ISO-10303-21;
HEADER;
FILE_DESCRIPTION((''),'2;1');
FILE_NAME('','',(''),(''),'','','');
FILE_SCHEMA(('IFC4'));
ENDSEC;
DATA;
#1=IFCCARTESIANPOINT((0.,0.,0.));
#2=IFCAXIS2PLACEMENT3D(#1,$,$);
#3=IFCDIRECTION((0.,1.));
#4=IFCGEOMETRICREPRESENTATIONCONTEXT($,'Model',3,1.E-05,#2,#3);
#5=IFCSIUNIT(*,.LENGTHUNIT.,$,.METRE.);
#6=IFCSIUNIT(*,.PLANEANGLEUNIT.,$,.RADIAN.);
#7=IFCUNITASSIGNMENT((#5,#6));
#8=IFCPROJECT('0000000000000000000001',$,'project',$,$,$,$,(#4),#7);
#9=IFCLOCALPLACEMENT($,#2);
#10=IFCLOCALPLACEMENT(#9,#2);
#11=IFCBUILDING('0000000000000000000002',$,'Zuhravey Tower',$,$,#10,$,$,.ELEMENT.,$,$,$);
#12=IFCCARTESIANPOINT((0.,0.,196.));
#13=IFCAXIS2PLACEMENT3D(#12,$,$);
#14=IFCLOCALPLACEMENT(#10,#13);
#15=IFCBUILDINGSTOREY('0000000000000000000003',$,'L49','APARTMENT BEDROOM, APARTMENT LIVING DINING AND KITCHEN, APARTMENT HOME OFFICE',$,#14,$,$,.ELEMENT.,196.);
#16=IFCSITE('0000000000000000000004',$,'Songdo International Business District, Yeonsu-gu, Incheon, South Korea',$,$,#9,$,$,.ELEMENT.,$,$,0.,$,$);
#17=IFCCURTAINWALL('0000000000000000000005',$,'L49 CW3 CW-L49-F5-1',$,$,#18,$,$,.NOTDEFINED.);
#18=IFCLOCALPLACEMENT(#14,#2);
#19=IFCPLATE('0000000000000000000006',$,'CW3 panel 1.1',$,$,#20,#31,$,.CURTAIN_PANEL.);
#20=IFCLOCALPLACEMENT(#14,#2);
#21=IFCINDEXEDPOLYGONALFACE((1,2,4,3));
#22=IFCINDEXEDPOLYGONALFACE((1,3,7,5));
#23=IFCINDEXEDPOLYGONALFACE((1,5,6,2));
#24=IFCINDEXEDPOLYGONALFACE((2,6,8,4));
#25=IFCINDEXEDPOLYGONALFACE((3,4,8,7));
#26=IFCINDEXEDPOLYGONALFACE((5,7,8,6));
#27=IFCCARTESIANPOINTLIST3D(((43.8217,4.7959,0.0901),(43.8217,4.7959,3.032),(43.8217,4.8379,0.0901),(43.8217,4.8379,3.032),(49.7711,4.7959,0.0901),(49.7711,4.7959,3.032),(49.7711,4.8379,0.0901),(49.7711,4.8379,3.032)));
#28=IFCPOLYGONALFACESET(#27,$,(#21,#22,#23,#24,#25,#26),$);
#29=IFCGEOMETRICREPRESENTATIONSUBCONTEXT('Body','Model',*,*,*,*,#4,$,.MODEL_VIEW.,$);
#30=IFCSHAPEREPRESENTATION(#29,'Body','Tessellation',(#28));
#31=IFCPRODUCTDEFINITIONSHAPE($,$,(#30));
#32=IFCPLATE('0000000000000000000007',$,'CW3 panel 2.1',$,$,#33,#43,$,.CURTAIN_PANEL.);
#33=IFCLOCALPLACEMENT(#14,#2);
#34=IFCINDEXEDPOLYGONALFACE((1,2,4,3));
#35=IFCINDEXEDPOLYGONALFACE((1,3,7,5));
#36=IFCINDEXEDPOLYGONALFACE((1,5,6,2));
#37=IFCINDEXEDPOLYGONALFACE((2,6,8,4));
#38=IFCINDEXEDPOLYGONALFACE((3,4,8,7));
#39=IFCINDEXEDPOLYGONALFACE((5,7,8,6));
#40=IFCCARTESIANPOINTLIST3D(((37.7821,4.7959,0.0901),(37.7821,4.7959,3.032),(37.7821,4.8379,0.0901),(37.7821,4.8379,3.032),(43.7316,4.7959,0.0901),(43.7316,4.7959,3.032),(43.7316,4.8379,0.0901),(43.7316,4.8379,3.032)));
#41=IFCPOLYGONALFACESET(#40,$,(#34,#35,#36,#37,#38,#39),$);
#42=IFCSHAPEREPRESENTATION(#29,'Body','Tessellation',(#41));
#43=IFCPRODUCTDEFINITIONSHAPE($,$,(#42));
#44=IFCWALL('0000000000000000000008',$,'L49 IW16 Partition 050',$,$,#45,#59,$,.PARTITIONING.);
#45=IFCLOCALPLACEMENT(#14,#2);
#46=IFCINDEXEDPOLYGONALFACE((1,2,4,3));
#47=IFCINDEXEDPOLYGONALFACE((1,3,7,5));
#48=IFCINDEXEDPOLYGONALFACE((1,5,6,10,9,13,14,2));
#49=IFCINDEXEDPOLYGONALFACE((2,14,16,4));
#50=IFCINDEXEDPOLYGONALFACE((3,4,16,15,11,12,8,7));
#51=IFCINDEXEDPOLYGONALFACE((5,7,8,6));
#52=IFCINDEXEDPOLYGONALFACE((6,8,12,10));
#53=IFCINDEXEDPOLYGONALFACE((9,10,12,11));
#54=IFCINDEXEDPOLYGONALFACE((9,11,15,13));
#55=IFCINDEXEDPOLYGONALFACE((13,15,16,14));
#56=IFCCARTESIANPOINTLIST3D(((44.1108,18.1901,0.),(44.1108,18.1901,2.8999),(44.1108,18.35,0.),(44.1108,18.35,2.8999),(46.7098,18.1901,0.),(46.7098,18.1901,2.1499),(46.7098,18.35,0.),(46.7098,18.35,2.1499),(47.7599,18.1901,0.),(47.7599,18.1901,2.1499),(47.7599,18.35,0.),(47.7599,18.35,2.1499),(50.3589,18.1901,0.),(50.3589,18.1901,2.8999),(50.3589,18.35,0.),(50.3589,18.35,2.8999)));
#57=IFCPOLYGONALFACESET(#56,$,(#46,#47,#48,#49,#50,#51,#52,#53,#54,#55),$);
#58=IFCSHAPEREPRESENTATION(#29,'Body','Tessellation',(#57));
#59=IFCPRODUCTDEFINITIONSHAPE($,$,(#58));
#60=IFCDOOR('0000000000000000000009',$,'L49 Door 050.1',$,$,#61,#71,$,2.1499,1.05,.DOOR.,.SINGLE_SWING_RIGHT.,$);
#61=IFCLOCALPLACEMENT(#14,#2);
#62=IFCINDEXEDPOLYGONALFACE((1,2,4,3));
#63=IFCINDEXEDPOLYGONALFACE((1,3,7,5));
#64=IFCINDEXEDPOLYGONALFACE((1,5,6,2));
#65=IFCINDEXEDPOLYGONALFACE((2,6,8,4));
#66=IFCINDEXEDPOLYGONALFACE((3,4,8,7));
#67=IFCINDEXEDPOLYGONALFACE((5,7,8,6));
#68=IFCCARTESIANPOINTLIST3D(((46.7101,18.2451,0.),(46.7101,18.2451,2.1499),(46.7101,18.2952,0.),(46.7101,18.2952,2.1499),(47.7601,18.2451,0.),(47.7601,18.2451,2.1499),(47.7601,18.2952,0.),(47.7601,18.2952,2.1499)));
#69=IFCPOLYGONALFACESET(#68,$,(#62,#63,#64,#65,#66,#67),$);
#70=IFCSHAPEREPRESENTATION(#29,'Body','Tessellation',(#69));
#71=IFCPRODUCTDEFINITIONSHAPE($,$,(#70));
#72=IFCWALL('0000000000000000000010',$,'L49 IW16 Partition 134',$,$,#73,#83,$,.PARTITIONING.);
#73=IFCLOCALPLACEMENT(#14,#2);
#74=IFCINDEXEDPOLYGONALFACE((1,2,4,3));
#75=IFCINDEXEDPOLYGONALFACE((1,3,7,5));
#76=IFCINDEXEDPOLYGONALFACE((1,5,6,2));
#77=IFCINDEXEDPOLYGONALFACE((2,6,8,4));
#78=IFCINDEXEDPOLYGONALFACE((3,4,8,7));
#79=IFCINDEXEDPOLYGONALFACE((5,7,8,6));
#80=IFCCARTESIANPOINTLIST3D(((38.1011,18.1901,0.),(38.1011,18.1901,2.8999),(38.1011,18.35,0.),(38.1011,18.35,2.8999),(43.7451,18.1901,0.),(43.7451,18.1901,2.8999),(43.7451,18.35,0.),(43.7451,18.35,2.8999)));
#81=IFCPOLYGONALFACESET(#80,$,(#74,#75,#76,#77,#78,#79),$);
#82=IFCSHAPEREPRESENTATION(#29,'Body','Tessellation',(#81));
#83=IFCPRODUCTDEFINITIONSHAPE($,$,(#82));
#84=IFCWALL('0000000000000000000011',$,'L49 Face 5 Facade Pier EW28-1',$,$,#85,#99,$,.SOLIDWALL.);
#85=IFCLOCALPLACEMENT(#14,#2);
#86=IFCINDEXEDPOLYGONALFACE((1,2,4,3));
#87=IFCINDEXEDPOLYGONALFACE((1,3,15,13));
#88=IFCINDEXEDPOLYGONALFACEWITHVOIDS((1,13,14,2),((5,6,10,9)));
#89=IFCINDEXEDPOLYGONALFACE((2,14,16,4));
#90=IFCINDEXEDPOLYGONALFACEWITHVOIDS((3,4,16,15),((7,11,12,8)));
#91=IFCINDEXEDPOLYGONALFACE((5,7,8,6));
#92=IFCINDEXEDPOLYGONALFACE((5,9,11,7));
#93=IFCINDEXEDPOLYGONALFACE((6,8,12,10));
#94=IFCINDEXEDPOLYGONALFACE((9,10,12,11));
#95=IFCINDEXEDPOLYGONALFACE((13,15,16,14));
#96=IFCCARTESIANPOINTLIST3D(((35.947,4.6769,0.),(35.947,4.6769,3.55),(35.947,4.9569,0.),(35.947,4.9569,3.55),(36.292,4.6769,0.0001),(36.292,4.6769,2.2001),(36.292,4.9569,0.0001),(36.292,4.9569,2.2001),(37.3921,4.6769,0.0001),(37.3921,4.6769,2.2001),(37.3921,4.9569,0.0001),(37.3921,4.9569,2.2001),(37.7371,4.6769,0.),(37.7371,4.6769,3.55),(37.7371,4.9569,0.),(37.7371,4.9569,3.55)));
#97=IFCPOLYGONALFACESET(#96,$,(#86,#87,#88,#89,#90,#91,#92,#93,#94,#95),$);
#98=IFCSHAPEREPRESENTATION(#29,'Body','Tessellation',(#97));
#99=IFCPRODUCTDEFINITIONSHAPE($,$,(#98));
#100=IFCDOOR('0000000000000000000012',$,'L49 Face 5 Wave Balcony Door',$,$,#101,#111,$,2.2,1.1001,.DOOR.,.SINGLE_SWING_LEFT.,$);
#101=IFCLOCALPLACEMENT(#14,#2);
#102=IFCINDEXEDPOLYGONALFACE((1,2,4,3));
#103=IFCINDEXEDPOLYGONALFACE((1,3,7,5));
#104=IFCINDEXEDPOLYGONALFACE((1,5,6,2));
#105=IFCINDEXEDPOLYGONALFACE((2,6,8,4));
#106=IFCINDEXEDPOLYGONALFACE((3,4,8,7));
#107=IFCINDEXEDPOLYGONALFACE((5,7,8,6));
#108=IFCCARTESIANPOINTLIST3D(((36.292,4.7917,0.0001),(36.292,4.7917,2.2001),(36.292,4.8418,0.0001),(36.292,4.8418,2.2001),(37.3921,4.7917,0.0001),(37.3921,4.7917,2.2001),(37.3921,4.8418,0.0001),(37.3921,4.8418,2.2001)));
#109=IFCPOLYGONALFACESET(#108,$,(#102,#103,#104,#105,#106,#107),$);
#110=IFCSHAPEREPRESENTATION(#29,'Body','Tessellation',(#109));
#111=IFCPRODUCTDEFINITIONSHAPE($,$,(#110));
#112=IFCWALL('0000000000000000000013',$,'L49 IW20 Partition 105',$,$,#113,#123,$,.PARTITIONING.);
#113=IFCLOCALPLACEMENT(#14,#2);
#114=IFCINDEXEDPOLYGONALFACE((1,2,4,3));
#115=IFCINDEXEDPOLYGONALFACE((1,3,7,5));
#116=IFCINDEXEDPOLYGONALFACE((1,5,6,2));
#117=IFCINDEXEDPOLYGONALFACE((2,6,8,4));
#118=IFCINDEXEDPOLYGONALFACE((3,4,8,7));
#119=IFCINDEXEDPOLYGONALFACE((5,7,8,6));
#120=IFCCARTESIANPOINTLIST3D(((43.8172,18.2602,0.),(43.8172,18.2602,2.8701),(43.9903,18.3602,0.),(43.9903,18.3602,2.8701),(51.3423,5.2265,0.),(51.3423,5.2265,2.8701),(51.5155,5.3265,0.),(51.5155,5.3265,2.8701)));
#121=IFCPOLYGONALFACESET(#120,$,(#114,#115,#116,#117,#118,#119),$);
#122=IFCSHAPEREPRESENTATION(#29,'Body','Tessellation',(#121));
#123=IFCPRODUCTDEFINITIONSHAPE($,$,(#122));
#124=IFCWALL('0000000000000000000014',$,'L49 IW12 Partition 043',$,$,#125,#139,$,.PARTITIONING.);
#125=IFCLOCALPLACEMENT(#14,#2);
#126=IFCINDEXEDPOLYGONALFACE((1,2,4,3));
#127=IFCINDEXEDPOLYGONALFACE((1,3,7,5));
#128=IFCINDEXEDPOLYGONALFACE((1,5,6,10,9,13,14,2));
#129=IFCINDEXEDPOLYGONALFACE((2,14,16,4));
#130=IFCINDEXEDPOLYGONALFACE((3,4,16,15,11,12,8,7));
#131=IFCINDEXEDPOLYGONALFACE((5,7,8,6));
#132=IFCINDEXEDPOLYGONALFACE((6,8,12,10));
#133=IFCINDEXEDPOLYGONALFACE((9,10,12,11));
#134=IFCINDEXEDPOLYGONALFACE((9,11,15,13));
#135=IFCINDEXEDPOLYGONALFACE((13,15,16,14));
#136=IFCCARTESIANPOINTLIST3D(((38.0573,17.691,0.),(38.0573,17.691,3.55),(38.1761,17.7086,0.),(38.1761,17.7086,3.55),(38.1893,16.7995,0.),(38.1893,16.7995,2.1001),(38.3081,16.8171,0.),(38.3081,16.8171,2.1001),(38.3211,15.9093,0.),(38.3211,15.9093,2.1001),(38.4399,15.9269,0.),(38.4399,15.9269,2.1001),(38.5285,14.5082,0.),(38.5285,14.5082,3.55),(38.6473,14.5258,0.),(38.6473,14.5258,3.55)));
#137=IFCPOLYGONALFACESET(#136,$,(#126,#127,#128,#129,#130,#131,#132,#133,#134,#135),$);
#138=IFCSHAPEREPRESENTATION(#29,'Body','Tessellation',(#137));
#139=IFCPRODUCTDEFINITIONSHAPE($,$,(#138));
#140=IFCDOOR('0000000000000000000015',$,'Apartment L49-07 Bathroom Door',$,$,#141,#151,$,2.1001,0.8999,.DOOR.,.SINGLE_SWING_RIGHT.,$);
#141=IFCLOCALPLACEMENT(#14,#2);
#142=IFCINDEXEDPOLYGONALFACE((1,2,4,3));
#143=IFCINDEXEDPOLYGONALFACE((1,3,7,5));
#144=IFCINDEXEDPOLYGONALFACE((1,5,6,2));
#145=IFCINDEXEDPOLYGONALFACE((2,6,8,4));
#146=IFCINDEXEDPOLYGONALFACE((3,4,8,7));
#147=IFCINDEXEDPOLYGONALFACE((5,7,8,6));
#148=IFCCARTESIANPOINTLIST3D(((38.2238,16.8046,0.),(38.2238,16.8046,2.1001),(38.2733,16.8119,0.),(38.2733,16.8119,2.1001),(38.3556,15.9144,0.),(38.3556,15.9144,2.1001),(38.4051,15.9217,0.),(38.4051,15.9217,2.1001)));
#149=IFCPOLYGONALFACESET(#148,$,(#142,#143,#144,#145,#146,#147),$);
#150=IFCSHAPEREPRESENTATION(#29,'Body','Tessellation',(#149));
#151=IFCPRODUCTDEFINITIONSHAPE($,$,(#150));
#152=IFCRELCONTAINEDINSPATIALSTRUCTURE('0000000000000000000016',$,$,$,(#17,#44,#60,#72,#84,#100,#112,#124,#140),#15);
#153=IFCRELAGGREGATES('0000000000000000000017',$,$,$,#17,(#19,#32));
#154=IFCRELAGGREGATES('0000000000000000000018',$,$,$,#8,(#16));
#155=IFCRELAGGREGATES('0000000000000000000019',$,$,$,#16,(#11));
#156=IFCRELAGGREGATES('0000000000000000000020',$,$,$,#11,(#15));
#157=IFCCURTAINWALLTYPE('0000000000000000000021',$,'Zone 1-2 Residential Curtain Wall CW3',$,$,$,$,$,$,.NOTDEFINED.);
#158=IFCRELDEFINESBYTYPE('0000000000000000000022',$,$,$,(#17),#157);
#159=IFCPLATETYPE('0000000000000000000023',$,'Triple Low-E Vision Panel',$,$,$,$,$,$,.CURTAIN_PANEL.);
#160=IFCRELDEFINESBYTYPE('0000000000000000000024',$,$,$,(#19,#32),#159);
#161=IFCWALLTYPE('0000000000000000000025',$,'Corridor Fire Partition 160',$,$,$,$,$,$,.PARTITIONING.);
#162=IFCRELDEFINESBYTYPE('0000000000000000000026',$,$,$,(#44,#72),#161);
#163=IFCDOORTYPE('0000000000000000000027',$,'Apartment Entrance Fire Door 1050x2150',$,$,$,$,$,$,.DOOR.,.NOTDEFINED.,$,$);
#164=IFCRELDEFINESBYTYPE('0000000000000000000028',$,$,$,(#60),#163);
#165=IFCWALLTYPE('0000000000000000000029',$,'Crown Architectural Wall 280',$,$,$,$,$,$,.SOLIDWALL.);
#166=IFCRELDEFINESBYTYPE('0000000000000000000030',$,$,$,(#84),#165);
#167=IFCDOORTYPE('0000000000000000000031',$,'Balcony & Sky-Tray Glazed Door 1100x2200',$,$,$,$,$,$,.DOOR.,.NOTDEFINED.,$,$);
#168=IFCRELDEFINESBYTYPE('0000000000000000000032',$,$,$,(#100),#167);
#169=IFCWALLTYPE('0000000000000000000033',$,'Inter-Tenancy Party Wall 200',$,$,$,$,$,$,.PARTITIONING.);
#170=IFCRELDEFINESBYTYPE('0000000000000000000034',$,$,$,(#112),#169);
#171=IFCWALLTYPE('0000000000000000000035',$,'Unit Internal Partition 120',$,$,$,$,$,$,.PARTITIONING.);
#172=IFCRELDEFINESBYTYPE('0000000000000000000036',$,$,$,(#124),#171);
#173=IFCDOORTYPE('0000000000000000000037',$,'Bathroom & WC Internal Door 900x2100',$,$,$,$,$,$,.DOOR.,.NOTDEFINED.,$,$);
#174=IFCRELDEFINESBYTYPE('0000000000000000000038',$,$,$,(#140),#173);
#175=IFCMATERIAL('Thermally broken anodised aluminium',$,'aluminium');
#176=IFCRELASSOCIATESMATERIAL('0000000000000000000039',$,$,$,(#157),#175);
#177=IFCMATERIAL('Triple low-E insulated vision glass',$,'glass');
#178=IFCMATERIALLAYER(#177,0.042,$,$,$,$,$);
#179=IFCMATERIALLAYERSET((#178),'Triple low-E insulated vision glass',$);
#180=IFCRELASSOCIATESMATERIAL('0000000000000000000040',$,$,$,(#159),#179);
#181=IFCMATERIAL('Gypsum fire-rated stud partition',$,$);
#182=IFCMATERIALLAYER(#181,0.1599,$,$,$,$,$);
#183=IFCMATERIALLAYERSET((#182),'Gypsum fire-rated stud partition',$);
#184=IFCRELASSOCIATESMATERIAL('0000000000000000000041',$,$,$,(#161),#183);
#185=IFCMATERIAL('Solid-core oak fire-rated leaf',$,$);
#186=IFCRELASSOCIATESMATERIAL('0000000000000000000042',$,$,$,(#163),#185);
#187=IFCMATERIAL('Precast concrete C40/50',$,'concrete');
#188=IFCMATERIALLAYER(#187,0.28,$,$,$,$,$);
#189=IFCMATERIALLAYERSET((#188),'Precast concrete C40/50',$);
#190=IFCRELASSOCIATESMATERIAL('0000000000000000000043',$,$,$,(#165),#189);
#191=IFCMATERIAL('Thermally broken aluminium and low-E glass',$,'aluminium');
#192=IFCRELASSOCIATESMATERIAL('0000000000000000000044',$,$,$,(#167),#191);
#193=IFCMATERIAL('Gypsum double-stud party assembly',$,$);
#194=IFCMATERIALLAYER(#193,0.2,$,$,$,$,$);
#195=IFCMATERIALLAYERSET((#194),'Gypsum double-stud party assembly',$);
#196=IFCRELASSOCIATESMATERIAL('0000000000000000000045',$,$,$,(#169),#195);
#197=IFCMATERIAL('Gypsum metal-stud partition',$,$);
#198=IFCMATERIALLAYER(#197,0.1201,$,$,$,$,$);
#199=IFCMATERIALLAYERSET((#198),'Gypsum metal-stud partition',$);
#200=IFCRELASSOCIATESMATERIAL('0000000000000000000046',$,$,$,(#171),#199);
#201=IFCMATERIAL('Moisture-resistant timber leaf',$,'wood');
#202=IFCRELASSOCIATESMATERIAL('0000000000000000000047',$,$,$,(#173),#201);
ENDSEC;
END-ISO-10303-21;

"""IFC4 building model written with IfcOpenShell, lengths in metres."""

from ifc_helpers import new_model, si_unit, direction, frame, frame_2d, origin, origin_2d, place, context, subcontext, project, spatial, rectangle, extrude, material, layer, layer_set, type_object, element, fill, aggregate, save


model = new_model("IFC4")

# Units and contexts
model_context = context("Model", 3, precision=1e-05, world=origin(), true_north=direction((0.0, 1.0)))
body_context = subcontext(model_context, "Body", "Model", "MODEL_VIEW")
ifc_project = project(units=[si_unit("LENGTHUNIT", "METRE"), si_unit("PLANEANGLEUNIT", "RADIAN")], contexts=[model_context])

# Site, building, storey
site_placement = place(None, origin())
site = spatial("IfcSite", under=ifc_project, at=site_placement, Name="Songdo International Business District, Yeonsu-gu, Incheon, South Korea", CompositionType="ELEMENT", RefElevation=0.0)
building_placement = place(site_placement, origin())
building = spatial("IfcBuilding", under=site, at=building_placement, Name="Zuhravey Tower", CompositionType="ELEMENT")
storey_placement = place(building_placement, frame((0.0, 0.0, 196.0)))
storey = spatial("IfcBuildingStorey", under=building, at=storey_placement, Name="L49", Description="APARTMENT BEDROOM, APARTMENT LIVING DINING AND KITCHEN, APARTMENT HOME OFFICE", CompositionType="ELEMENT", Elevation=196.0)

# Curtain wall
ifc_material_1 = material(Name="Thermally broken anodised aluminium", Category="aluminium")
curtain_wall_type = type_object("IfcCurtainWallType", Name="Zone 1-2 Residential Curtain Wall CW3", PredefinedType="NOTDEFINED", material=ifc_material_1)
curtain_wall_1_placement = place(storey_placement, origin())
curtain_wall_1 = element("IfcCurtainWall", 1, at=curtain_wall_1_placement, inside=storey, type_object=curtain_wall_type, Name="L49 CW3 CW-L49-F5-1", PredefinedType="NOTDEFINED")

# Plates
ifc_material_2 = material(Name="Triple low-E insulated vision glass", Category="glass")
ifc_layer_1 = layer(ifc_material_2, 0.042)
ifc_layer_set_1 = layer_set([ifc_layer_1], Name="Triple low-E insulated vision glass")
plate_type = type_object("IfcPlateType", Name="Triple Low-E Vision Panel", PredefinedType="CURTAIN_PANEL", material=ifc_layer_set_1)
plate_1_placement = place(storey_placement, frame((46.7964, 4.8169, 0.0901), z_axis=(0.0, 0.0, 1.0), x_axis=(-1.0, 0.0, 0.0)))
plate_1 = element("IfcPlate", 2, at=plate_1_placement, type_object=plate_type, Name="CW3 panel 1.1", PredefinedType="CURTAIN_PANEL", context=body_context, shape_type="SweptSolid", body=[
    extrude(rectangle(XDim=5.9495, YDim=0.042, at=origin_2d()), origin(), (0.0, 0.0, 1.0), 2.9419),
])
plate_2_placement = place(storey_placement, frame((40.7568, 4.8169, 0.0901), z_axis=(0.0, 0.0, 1.0), x_axis=(-1.0, 0.0, 0.0)))
plate_2 = element("IfcPlate", 3, at=plate_2_placement, type_object=plate_type, Name="CW3 panel 2.1", PredefinedType="CURTAIN_PANEL", context=body_context, shape_type="SweptSolid", body=[
    extrude(rectangle(XDim=5.9495, YDim=0.042, at=origin_2d()), origin(), (0.0, 0.0, 1.0), 2.9419),
])
aggregate(curtain_wall_1, [plate_1, plate_2])

# Wall, opening, door
ifc_material_3 = material(Name="Gypsum fire-rated stud partition")
ifc_layer_2 = layer(ifc_material_3, 0.1599)
ifc_layer_set_2 = layer_set([ifc_layer_2], Name="Gypsum fire-rated stud partition")
wall_type_1 = type_object("IfcWallType", Name="Corridor Fire Partition 160", PredefinedType="PARTITIONING", material=ifc_layer_set_2)
wall_1_placement = place(storey_placement, frame((44.1108, 18.27, 0.0), z_axis=(0.0, 0.0, 1.0), x_axis=(1.0, 0.0, 0.0)))
wall_1 = element("IfcWall", 4, at=wall_1_placement, inside=storey, type_object=wall_type_1, Name="L49 IW16 Partition 050", PredefinedType="PARTITIONING", context=body_context, shape_type="SweptSolid", body=[
    extrude(rectangle(XDim=6.248, YDim=0.1599, at=frame_2d((3.124, 0.0))), origin(), (0.0, 0.0, 1.0), 2.8999),
])
opening_1_placement = place(wall_1_placement, frame((2.5991, 0.0, 0.0)))
opening_1 = element("IfcOpeningElement", 5, at=opening_1_placement, cuts=wall_1, PredefinedType="OPENING", context=body_context, shape_type="SweptSolid", body=[
    extrude(rectangle(XDim=1.05, YDim=2.1499, at=frame_2d((0.5249, 1.075))), frame((0.0, 0.092, 0.0), z_axis=(0.0, -1.0, 0.0), x_axis=(1.0, 0.0, 0.0)), (0.0, 0.0, 1.0), 0.1838),
])
ifc_material_4 = material(Name="Solid-core oak fire-rated leaf")
door_type_1 = type_object("IfcDoorType", Name="Apartment Entrance Fire Door 1050x2150", OperationType="NOTDEFINED", PredefinedType="DOOR", material=ifc_material_4)
door_1_placement = place(opening_1_placement, frame((1.05, 0.0, 0.0), z_axis=(0.0, 0.0, 1.0), x_axis=(-1.0, 0.0, 0.0)))
door_1 = element("IfcDoor", 6, at=door_1_placement, inside=storey, type_object=door_type_1, Name="L49 Door 050.1", OperationType="SINGLE_SWING_RIGHT", OverallHeight=2.1499, OverallWidth=1.05, PredefinedType="DOOR", context=body_context, shape_type="SweptSolid", body=[
    extrude(rectangle(XDim=1.05, YDim=2.1499, at=frame_2d((0.5249, 1.075))), frame((0.0, 0.0249, 0.0), z_axis=(0.0, -1.0, 0.0), x_axis=(1.0, 0.0, 0.0)), (0.0, 0.0, 1.0), 0.05),
])
fill(opening_1, door_1)

# Wall
wall_2_placement = place(storey_placement, frame((38.1011, 18.27, 0.0), z_axis=(0.0, 0.0, 1.0), x_axis=(1.0, 0.0, 0.0)))
element("IfcWall", 7, at=wall_2_placement, inside=storey, type_object=wall_type_1, Name="L49 IW16 Partition 134", PredefinedType="PARTITIONING", context=body_context, shape_type="SweptSolid", body=[
    extrude(rectangle(XDim=5.644, YDim=0.1599, at=frame_2d((2.822, 0.0))), origin(), (0.0, 0.0, 1.0), 2.8999),
])

# Wall, opening, door
ifc_material_5 = material(Name="Precast concrete C40/50", Category="concrete")
ifc_layer_3 = layer(ifc_material_5, 0.28)
ifc_layer_set_3 = layer_set([ifc_layer_3], Name="Precast concrete C40/50")
wall_type_2 = type_object("IfcWallType", Name="Crown Architectural Wall 280", PredefinedType="SOLIDWALL", material=ifc_layer_set_3)
wall_3_placement = place(storey_placement, frame((37.7371, 4.8169, 0.0), z_axis=(0.0, 0.0, 1.0), x_axis=(-1.0, 0.0, 0.0)))
wall_3 = element("IfcWall", 8, at=wall_3_placement, inside=storey, type_object=wall_type_2, Name="L49 Face 5 Facade Pier EW28-1", PredefinedType="SOLIDWALL", context=body_context, shape_type="SweptSolid", body=[
    extrude(rectangle(XDim=1.79, YDim=0.28, at=frame_2d((0.895, 0.0))), origin(), (0.0, 0.0, 1.0), 3.55),
])
opening_2_placement = place(wall_3_placement, frame((0.345, 0.0, 0.0)))
opening_2 = element("IfcOpeningElement", 9, at=opening_2_placement, cuts=wall_3, PredefinedType="OPENING", context=body_context, shape_type="SweptSolid", body=[
    extrude(rectangle(XDim=1.1001, YDim=2.2, at=frame_2d((0.55, 1.1001))), frame((0.0, 0.1521, 0.0), z_axis=(0.0, -1.0, 0.0), x_axis=(1.0, 0.0, 0.0)), (0.0, 0.0, 1.0), 0.304),
])
ifc_material_6 = material(Name="Thermally broken aluminium and low-E glass", Category="aluminium")
door_type_2 = type_object("IfcDoorType", Name="Balcony & Sky-Tray Glazed Door 1100x2200", OperationType="NOTDEFINED", PredefinedType="DOOR", material=ifc_material_6)
door_2_placement = place(opening_2_placement, frame((1.1001, 0.0, 0.0), z_axis=(0.0, 0.0, 1.0), x_axis=(-1.0, 0.0, 0.0)))
door_2 = element("IfcDoor", 10, at=door_2_placement, inside=storey, type_object=door_type_2, Name="L49 Face 5 Wave Balcony Door", OperationType="SINGLE_SWING_LEFT", OverallHeight=2.2, OverallWidth=1.1001, PredefinedType="DOOR", context=body_context, shape_type="SweptSolid", body=[
    extrude(rectangle(XDim=1.1001, YDim=2.2, at=frame_2d((0.55, 1.1001))), frame((0.0, 0.0249, 0.0), z_axis=(0.0, -1.0, 0.0), x_axis=(1.0, 0.0, 0.0)), (0.0, 0.0, 1.0), 0.05),
])
fill(opening_2, door_2)

# Wall
ifc_material_7 = material(Name="Gypsum double-stud party assembly")
ifc_layer_4 = layer(ifc_material_7, 0.2)
ifc_layer_set_4 = layer_set([ifc_layer_4], Name="Gypsum double-stud party assembly")
wall_type_3 = type_object("IfcWallType", Name="Inter-Tenancy Party Wall 200", PredefinedType="PARTITIONING", material=ifc_layer_set_4)
wall_4_placement = place(storey_placement, frame((43.9038, 18.3101, 0.0), z_axis=(0.0, 0.0, 1.0), x_axis=(0.500007, -0.866021, 0.0)))
element("IfcWall", 11, at=wall_4_placement, inside=storey, type_object=wall_type_3, Name="L49 IW20 Partition 105", PredefinedType="PARTITIONING", context=body_context, shape_type="SweptSolid", body=[
    extrude(rectangle(XDim=15.05, YDim=0.2, at=frame_2d((7.5249, 0.0))), origin(), (0.0, 0.0, 1.0), 2.8701),
])

# Wall, opening, door
ifc_material_8 = material(Name="Gypsum metal-stud partition")
ifc_layer_5 = layer(ifc_material_8, 0.1201)
ifc_layer_set_5 = layer_set([ifc_layer_5], Name="Gypsum metal-stud partition")
wall_type_4 = type_object("IfcWallType", Name="Unit Internal Partition 120", PredefinedType="PARTITIONING", material=ifc_layer_set_5)
wall_5_placement = place(storey_placement, frame((38.1167, 17.7, 0.0), z_axis=(0.0, 0.0, 1.0), x_axis=(0.146444, -0.989219, 0.0)))
wall_5 = element("IfcWall", 12, at=wall_5_placement, inside=storey, type_object=wall_type_4, Name="L49 IW12 Partition 043", PredefinedType="PARTITIONING", context=body_context, shape_type="SweptSolid", body=[
    extrude(rectangle(XDim=3.2175, YDim=0.1201, at=frame_2d((1.6089, 0.0))), origin(), (0.0, 0.0, 1.0), 3.55),
])
opening_3_placement = place(wall_5_placement, frame((0.9014, 0.0, 0.0)))
opening_3 = element("IfcOpeningElement", 13, at=opening_3_placement, cuts=wall_5, PredefinedType="OPENING", context=body_context, shape_type="SweptSolid", body=[
    extrude(rectangle(XDim=0.8999, YDim=2.1001, at=frame_2d((0.45, 1.05))), frame((0.0, 0.072, 0.0), z_axis=(0.0, -1.0, 0.0), x_axis=(1.0, 0.0, 0.0)), (0.0, 0.0, 1.0), 0.144),
])
ifc_material_9 = material(Name="Moisture-resistant timber leaf", Category="wood")
door_type_3 = type_object("IfcDoorType", Name="Bathroom & WC Internal Door 900x2100", OperationType="NOTDEFINED", PredefinedType="DOOR", material=ifc_material_9)
door_3_placement = place(opening_3_placement, origin())
door_3 = element("IfcDoor", 14, at=door_3_placement, inside=storey, type_object=door_type_3, Name="Apartment L49-07 Bathroom Door", OperationType="SINGLE_SWING_RIGHT", OverallHeight=2.1001, OverallWidth=0.8999, PredefinedType="DOOR", context=body_context, shape_type="SweptSolid", body=[
    extrude(rectangle(XDim=0.8999, YDim=2.1001, at=frame_2d((0.45, 1.05))), frame((0.0, 0.0249, 0.0), z_axis=(0.0, -1.0, 0.0), x_axis=(1.0, 0.0, 0.0)), (0.0, 0.0, 1.0), 0.05),
])
fill(opening_3, door_3)

save(model, "model.ifc")
